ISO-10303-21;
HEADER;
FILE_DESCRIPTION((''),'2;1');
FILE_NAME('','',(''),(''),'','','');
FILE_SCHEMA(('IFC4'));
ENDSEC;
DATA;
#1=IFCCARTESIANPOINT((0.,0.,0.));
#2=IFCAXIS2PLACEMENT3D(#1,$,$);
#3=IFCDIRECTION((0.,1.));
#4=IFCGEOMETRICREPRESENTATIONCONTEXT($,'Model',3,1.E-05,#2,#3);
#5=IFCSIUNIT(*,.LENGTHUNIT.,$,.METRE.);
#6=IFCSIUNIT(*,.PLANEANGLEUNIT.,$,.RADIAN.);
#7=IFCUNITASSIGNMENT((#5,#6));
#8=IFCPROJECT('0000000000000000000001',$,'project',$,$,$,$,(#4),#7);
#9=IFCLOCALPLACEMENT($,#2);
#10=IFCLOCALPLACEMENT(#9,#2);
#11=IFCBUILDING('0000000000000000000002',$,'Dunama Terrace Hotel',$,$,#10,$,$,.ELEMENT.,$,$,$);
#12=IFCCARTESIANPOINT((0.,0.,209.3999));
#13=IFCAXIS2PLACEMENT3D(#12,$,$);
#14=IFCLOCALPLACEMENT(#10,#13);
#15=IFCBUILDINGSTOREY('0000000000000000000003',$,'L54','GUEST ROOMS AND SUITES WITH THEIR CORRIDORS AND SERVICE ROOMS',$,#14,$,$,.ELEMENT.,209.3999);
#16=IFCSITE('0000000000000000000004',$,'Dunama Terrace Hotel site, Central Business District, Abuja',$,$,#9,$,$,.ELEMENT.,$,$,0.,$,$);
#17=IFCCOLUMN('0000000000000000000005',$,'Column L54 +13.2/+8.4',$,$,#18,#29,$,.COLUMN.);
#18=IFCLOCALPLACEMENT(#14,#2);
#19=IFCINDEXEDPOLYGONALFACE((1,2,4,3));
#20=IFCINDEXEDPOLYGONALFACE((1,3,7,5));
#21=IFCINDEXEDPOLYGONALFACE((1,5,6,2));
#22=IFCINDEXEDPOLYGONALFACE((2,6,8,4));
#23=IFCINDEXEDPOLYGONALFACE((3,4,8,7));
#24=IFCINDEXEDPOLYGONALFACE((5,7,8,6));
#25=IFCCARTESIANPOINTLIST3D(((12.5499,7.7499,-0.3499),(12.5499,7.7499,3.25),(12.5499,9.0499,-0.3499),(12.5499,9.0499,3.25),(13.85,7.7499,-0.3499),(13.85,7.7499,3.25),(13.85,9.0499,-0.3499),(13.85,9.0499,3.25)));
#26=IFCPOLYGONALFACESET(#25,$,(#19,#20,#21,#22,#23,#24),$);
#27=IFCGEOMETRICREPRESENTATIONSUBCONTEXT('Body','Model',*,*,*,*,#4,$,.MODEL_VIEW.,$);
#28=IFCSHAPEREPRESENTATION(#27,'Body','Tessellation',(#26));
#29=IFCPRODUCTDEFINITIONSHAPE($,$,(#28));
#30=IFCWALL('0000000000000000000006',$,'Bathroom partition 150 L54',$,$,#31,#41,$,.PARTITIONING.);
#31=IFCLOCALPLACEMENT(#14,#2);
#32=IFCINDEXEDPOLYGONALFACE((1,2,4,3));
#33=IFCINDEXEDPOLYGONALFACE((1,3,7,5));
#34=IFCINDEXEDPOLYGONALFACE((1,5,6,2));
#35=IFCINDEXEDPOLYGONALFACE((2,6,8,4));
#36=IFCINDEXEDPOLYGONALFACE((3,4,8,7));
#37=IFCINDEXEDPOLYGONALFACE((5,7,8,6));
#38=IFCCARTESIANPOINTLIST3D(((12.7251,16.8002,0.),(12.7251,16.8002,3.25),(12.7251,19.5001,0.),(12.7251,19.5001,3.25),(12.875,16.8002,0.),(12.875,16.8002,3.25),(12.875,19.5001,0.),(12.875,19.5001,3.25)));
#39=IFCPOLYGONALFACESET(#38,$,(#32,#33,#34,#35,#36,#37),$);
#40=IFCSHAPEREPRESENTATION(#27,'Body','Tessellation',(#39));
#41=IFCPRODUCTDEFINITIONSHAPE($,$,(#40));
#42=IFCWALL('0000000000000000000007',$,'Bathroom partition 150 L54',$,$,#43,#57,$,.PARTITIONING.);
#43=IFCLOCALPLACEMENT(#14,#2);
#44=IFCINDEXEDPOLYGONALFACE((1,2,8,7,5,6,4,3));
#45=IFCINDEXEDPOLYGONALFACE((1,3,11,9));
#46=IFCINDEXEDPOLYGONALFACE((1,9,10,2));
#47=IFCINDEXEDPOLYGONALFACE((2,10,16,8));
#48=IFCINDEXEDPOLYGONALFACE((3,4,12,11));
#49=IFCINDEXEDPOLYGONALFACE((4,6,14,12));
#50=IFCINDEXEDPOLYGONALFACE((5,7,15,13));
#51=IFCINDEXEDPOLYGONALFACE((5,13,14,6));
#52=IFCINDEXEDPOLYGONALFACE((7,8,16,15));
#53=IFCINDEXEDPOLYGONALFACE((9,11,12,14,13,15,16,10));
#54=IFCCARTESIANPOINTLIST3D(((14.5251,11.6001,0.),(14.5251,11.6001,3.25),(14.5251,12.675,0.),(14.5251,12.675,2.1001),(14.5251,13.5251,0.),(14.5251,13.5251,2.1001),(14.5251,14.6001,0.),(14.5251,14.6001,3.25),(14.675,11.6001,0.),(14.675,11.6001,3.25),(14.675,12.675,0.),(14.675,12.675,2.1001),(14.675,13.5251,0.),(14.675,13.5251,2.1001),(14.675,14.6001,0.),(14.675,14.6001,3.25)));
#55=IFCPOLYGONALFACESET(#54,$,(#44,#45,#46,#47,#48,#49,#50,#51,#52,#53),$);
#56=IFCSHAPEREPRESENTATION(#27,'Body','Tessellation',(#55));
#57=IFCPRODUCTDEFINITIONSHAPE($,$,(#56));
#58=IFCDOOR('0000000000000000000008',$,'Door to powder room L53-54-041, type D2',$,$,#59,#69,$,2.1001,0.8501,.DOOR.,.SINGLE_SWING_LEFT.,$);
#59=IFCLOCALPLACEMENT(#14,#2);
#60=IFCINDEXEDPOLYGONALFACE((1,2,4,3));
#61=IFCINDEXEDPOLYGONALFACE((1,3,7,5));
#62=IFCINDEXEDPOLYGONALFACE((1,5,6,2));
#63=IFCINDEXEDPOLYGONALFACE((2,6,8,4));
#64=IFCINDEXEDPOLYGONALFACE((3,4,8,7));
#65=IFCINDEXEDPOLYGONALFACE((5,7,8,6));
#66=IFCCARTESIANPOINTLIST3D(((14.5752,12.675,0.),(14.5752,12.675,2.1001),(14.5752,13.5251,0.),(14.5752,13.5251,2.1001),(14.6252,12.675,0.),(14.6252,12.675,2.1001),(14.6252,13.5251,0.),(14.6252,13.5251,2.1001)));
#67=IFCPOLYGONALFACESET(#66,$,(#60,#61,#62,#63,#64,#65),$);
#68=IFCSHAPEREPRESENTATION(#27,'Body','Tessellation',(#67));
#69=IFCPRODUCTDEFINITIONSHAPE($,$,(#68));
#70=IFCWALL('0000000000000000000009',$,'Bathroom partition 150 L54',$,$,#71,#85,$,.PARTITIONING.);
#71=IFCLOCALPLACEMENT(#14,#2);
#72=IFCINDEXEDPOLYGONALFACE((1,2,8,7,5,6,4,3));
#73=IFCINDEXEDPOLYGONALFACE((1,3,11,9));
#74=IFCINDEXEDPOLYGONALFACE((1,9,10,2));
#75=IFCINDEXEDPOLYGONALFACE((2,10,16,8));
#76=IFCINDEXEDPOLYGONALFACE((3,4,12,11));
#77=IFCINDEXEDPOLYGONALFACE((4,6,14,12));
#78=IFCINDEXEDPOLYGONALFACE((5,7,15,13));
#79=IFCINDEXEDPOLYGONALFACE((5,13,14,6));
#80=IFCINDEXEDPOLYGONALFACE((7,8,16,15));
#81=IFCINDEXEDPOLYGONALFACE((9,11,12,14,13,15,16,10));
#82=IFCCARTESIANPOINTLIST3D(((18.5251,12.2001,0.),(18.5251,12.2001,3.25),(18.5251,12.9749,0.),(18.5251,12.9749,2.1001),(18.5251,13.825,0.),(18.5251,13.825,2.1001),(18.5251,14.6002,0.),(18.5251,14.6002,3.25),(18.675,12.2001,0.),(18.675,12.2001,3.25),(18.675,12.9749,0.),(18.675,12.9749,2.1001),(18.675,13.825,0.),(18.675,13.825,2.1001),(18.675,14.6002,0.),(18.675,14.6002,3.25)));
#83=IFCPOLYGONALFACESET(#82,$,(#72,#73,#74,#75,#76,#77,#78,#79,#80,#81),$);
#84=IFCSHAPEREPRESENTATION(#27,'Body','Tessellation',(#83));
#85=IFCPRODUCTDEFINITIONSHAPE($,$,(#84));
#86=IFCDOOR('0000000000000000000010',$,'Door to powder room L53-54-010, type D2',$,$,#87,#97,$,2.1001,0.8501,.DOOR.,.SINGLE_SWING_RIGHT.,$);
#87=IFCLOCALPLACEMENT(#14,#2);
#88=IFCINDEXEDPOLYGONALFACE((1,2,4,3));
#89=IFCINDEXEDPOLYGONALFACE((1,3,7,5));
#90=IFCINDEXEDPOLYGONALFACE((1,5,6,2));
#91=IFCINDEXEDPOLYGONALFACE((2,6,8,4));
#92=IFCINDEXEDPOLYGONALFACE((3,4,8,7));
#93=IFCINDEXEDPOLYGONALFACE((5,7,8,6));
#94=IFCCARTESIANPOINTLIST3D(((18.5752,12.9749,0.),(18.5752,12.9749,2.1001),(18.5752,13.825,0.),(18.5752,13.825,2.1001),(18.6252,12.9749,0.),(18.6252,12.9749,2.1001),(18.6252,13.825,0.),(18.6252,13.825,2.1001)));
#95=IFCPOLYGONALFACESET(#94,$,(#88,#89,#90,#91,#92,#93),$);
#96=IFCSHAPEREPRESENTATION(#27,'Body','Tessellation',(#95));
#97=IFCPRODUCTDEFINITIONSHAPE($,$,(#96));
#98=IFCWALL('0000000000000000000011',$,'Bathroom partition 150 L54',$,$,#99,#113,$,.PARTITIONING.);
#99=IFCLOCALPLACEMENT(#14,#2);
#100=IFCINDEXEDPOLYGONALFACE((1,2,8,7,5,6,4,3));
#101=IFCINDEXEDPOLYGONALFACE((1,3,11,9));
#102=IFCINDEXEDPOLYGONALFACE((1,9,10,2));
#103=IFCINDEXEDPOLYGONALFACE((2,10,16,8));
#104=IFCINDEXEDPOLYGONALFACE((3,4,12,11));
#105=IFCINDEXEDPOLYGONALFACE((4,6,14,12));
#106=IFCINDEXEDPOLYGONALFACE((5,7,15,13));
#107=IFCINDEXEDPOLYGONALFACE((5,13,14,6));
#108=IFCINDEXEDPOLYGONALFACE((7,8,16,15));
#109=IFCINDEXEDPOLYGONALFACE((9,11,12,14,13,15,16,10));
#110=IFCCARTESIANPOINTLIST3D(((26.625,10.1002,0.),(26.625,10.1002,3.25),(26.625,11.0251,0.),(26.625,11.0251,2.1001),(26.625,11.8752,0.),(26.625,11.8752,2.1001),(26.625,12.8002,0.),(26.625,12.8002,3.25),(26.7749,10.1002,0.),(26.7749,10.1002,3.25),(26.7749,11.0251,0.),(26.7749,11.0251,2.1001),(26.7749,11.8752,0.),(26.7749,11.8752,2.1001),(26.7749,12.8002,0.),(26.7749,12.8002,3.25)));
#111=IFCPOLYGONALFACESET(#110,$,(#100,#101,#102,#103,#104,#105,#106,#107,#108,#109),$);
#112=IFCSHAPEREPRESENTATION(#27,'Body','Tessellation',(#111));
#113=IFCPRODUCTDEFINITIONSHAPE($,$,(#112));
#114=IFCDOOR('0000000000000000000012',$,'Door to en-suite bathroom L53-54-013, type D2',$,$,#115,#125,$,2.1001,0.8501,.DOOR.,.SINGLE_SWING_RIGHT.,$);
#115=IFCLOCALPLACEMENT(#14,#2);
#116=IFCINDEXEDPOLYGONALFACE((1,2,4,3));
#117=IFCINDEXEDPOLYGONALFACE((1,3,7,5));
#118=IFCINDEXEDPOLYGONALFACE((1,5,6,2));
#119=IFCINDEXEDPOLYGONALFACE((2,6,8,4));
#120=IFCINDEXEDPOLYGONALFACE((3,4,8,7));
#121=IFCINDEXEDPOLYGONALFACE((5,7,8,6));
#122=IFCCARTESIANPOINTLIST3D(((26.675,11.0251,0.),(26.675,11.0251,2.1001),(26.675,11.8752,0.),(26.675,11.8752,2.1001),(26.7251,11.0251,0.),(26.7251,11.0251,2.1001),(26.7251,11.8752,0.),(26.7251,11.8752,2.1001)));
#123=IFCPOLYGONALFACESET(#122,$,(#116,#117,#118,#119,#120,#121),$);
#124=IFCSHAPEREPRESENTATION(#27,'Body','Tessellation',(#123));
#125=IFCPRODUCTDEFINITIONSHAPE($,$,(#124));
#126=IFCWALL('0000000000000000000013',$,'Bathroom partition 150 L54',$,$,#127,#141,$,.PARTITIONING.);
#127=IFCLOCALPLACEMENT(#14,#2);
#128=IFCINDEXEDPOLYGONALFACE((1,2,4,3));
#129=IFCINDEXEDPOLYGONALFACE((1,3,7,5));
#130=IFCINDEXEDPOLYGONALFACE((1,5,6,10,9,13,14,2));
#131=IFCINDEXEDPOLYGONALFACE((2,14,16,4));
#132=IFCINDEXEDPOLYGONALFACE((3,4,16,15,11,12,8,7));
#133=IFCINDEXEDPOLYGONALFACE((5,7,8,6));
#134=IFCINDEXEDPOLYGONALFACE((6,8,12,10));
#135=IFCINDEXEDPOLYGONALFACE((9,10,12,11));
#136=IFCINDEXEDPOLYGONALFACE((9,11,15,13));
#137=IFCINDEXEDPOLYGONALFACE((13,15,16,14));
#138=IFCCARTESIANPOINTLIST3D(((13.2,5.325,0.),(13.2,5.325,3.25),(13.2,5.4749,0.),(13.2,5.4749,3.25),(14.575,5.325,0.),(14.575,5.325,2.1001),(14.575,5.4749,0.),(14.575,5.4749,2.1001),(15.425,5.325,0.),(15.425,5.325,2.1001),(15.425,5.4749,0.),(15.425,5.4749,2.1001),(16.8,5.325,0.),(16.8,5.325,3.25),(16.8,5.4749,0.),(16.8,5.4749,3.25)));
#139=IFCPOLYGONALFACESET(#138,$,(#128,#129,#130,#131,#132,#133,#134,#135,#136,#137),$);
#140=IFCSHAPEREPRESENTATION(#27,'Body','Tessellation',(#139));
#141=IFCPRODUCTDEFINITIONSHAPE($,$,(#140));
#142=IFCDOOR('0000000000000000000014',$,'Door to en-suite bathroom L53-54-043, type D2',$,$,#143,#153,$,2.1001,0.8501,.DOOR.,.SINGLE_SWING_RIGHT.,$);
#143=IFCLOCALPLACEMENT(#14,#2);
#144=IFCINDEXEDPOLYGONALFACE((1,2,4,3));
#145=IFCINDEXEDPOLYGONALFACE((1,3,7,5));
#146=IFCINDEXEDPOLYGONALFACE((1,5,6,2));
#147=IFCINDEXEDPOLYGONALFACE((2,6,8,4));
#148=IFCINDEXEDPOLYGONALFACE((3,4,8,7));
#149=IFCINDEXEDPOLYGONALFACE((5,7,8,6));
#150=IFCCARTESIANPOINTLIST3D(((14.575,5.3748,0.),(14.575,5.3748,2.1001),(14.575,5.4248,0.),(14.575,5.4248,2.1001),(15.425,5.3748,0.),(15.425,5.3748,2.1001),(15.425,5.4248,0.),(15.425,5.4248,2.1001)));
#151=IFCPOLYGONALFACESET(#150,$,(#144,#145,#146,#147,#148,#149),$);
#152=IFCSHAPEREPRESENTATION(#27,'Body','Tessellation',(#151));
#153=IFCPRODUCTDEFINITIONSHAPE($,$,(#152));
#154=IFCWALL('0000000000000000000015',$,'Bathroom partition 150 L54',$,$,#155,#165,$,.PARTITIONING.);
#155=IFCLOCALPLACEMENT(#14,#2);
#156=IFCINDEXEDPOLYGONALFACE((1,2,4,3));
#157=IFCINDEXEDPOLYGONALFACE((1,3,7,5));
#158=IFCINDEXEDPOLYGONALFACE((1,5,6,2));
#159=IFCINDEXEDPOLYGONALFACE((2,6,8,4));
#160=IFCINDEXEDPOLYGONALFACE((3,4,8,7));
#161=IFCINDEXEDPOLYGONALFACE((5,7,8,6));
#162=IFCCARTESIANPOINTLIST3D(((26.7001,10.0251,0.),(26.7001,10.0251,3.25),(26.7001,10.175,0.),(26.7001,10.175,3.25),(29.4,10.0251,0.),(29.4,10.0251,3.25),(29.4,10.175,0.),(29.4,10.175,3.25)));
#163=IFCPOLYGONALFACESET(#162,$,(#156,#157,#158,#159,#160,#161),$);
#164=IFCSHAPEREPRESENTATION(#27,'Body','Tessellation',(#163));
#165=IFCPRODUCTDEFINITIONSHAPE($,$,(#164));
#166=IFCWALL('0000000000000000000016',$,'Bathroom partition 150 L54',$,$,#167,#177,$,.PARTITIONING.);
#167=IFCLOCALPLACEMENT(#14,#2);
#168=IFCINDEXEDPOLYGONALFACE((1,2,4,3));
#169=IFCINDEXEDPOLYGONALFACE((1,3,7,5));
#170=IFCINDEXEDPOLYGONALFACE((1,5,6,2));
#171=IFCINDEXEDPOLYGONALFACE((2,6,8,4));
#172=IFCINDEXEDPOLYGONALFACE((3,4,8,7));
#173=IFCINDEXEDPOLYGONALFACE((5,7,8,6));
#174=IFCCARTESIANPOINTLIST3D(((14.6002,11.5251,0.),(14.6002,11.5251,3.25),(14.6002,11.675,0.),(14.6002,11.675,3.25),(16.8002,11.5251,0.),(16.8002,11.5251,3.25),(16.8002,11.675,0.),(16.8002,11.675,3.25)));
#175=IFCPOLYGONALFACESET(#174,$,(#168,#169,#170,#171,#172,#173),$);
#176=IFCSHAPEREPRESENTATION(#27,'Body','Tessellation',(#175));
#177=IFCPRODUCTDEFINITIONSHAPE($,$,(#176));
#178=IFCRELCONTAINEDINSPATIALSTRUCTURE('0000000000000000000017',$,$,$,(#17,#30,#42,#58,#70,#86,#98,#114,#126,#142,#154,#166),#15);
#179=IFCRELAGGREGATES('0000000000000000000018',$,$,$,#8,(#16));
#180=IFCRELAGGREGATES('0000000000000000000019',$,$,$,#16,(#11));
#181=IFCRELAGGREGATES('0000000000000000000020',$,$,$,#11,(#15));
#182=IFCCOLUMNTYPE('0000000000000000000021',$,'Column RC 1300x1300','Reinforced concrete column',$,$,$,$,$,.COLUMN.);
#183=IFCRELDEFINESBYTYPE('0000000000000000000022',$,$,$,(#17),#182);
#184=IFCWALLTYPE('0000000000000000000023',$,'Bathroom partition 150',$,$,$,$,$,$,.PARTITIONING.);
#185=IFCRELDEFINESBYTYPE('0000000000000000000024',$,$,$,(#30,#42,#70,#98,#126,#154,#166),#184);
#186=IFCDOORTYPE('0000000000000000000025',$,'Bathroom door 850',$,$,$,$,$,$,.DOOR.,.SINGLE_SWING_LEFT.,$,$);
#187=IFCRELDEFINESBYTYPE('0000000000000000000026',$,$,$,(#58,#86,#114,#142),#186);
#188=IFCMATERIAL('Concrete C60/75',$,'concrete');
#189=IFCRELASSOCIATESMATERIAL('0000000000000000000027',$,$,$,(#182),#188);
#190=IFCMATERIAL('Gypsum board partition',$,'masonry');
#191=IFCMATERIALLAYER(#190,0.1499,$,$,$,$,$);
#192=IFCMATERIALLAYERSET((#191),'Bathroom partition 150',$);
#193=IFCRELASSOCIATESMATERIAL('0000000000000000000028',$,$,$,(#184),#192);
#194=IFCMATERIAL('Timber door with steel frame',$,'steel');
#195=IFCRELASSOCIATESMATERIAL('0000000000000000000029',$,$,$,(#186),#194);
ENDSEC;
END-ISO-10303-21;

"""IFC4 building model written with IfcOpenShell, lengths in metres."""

from ifc_helpers import new_model, si_unit, direction, frame, frame_2d, origin, origin_2d, place, context, subcontext, project, spatial, rectangle, extrude, material, layer, layer_set, material_profile, profile_set, type_object, element, fill, save


model = new_model("IFC4")

# Units and contexts
model_context = context("Model", 3, precision=1e-05, world=origin(), true_north=direction((0.0, 1.0)))
body_context = subcontext(model_context, "Body", "Model", "MODEL_VIEW")
ifc_project = project(units=[si_unit("LENGTHUNIT", "METRE"), si_unit("PLANEANGLEUNIT", "RADIAN")], contexts=[model_context])

# Site, building, storey
site_placement = place(None, origin())
site = spatial("IfcSite", under=ifc_project, at=site_placement, Name="Dunama Terrace Hotel site, Central Business District, Abuja", CompositionType="ELEMENT", RefElevation=0.0)
building_placement = place(site_placement, origin())
building = spatial("IfcBuilding", under=site, at=building_placement, Name="Dunama Terrace Hotel", CompositionType="ELEMENT")
storey_placement = place(building_placement, frame((0.0, 0.0, 209.3999)))
storey = spatial("IfcBuildingStorey", under=building, at=storey_placement, Name="L54", Description="GUEST ROOMS AND SUITES WITH THEIR CORRIDORS AND SERVICE ROOMS", CompositionType="ELEMENT", Elevation=209.3999)

# Column
ifc_material_1 = material(Name="Concrete C60/75", Category="concrete")
ifc_material_profile = material_profile(ifc_material_1, rectangle(XDim=1.3, YDim=1.3, at=origin_2d()), Name="RC 1300x1300")
ifc_profile_set = profile_set([ifc_material_profile], Name="Concrete C60/75")
column_type = type_object("IfcColumnType", Name="Column RC 1300x1300", Description="Reinforced concrete column", PredefinedType="COLUMN", material=ifc_profile_set)
column_placement = place(storey_placement, frame((13.2, 8.3999, -0.3499), z_axis=(0.0, 0.0, 1.0), x_axis=(1.0, 0.0, 0.0)))
element("IfcColumn", 1, at=column_placement, inside=storey, type_object=column_type, Name="Column L54 +13.2/+8.4", PredefinedType="COLUMN", context=body_context, shape_type="SweptSolid", body=[
    extrude(rectangle(XDim=1.3, YDim=1.3, at=origin_2d()), origin(), (0.0, 0.0, 1.0), 3.5999),
])

# Wall
ifc_material_2 = material(Name="Gypsum board partition", Category="masonry")
ifc_layer_1 = layer(ifc_material_2, 0.1499)
ifc_layer_set_1 = layer_set([ifc_layer_1], Name="Bathroom partition 150")
wall_type_1 = type_object("IfcWallType", Name="Bathroom partition 150", PredefinedType="PARTITIONING", material=ifc_layer_set_1)
wall_1_placement = place(storey_placement, frame((12.8, 16.8, 0.0), z_axis=(0.0, 0.0, 1.0), x_axis=(0.0, 1.0, 0.0)))
element("IfcWall", 2, at=wall_1_placement, inside=storey, type_object=wall_type_1, Name="Bathroom partition 150 L54", PredefinedType="PARTITIONING", context=body_context, shape_type="SweptSolid", body=[
    extrude(rectangle(XDim=2.7, YDim=0.1499, at=frame_2d((1.3501, 0.0))), origin(), (0.0, 0.0, 1.0), 3.25),
])

# Walls, openings, doors
wall_2_placement = place(storey_placement, frame((14.6001, 11.6001, 0.0), z_axis=(0.0, 0.0, 1.0), x_axis=(0.0, 1.0, 0.0)))
wall_2 = element("IfcWall", 3, at=wall_2_placement, inside=storey, type_object=wall_type_1, Name="Bathroom partition 150 L54", PredefinedType="PARTITIONING", context=body_context, shape_type="SweptSolid", body=[
    extrude(rectangle(XDim=3.0, YDim=0.1499, at=frame_2d((1.5, 0.0))), origin(), (0.0, 0.0, 1.0), 3.25),
])
opening_1_placement = place(wall_2_placement, frame((1.075, 0.0, 0.0)))
opening_1 = element("IfcOpeningElement", 4, at=opening_1_placement, cuts=wall_2, PredefinedType="OPENING", context=body_context, shape_type="SweptSolid", body=[
    extrude(rectangle(XDim=0.8501, YDim=2.1001, at=frame_2d((0.425, 1.05))), frame((0.0, 0.085, 0.0), z_axis=(0.0, -1.0, 0.0), x_axis=(1.0, 0.0, 0.0)), (0.0, 0.0, 1.0), 0.1699),
])
ifc_material_3 = material(Name="Timber door with steel frame", Category="steel")
door_type_1 = type_object("IfcDoorType", Name="Bathroom door 850", OperationType="SINGLE_SWING_LEFT", PredefinedType="DOOR", material=ifc_material_3)
door_1_placement = place(opening_1_placement, frame((0.8501, 0.0, 0.0), z_axis=(0.0, 0.0, 1.0), x_axis=(-1.0, 0.0, 0.0)))
door_1 = element("IfcDoor", 5, at=door_1_placement, inside=storey, type_object=door_type_1, Name="Door to powder room L53-54-041, type D2", OperationType="SINGLE_SWING_LEFT", OverallHeight=2.1001, OverallWidth=0.8501, PredefinedType="DOOR", context=body_context, shape_type="SweptSolid", body=[
    extrude(rectangle(XDim=0.8501, YDim=2.1001, at=frame_2d((0.425, 1.05))), frame((0.0, 0.0251, 0.0), z_axis=(0.0, -1.0, 0.0), x_axis=(1.0, 0.0, 0.0)), (0.0, 0.0, 1.0), 0.05),
])
fill(opening_1, door_1)
wall_3_placement = place(storey_placement, frame((18.6001, 12.2, 0.0), z_axis=(0.0, 0.0, 1.0), x_axis=(0.0, 1.0, 0.0)))
wall_3 = element("IfcWall", 6, at=wall_3_placement, inside=storey, type_object=wall_type_1, Name="Bathroom partition 150 L54", PredefinedType="PARTITIONING", context=body_context, shape_type="SweptSolid", body=[
    extrude(rectangle(XDim=2.4001, YDim=0.1499, at=frame_2d((1.2002, 0.0))), origin(), (0.0, 0.0, 1.0), 3.25),
])
opening_2_placement = place(wall_3_placement, frame((0.7749, 0.0, 0.0)))
opening_2 = element("IfcOpeningElement", 7, at=opening_2_placement, cuts=wall_3, PredefinedType="OPENING", context=body_context, shape_type="SweptSolid", body=[
    extrude(rectangle(XDim=0.8501, YDim=2.1001, at=frame_2d((0.425, 1.05))), frame((0.0, 0.085, 0.0), z_axis=(0.0, -1.0, 0.0), x_axis=(1.0, 0.0, 0.0)), (0.0, 0.0, 1.0), 0.1699),
])
door_2_placement = place(opening_2_placement, origin())
door_2 = element("IfcDoor", 8, at=door_2_placement, inside=storey, type_object=door_type_1, Name="Door to powder room L53-54-010, type D2", OperationType="SINGLE_SWING_RIGHT", OverallHeight=2.1001, OverallWidth=0.8501, PredefinedType="DOOR", context=body_context, shape_type="SweptSolid", body=[
    extrude(rectangle(XDim=0.8501, YDim=2.1001, at=frame_2d((0.425, 1.05))), frame((0.0, 0.0249, 0.0), z_axis=(0.0, -1.0, 0.0), x_axis=(1.0, 0.0, 0.0)), (0.0, 0.0, 1.0), 0.05),
])
fill(opening_2, door_2)
wall_4_placement = place(storey_placement, frame((26.7, 10.1001, 0.0), z_axis=(0.0, 0.0, 1.0), x_axis=(0.0, 1.0, 0.0)))
wall_4 = element("IfcWall", 9, at=wall_4_placement, inside=storey, type_object=wall_type_1, Name="Bathroom partition 150 L54", PredefinedType="PARTITIONING", context=body_context, shape_type="SweptSolid", body=[
    extrude(rectangle(XDim=2.7, YDim=0.1499, at=frame_2d((1.3501, 0.0))), origin(), (0.0, 0.0, 1.0), 3.25),
])
opening_3_placement = place(wall_4_placement, frame((0.925, 0.0, 0.0)))
opening_3 = element("IfcOpeningElement", 10, at=opening_3_placement, cuts=wall_4, PredefinedType="OPENING", context=body_context, shape_type="SweptSolid", body=[
    extrude(rectangle(XDim=0.8501, YDim=2.1001, at=frame_2d((0.425, 1.05))), frame((0.0, 0.085, 0.0), z_axis=(0.0, -1.0, 0.0), x_axis=(1.0, 0.0, 0.0)), (0.0, 0.0, 1.0), 0.1699),
])
door_3_placement = place(opening_3_placement, frame((0.8501, 0.0, 0.0), z_axis=(0.0, 0.0, 1.0), x_axis=(-1.0, 0.0, 0.0)))
door_3 = element("IfcDoor", 11, at=door_3_placement, inside=storey, type_object=door_type_1, Name="Door to en-suite bathroom L53-54-013, type D2", OperationType="SINGLE_SWING_RIGHT", OverallHeight=2.1001, OverallWidth=0.8501, PredefinedType="DOOR", context=body_context, shape_type="SweptSolid", body=[
    extrude(rectangle(XDim=0.8501, YDim=2.1001, at=frame_2d((0.425, 1.05))), frame((0.0, 0.0251, 0.0), z_axis=(0.0, -1.0, 0.0), x_axis=(1.0, 0.0, 0.0)), (0.0, 0.0, 1.0), 0.05),
])
fill(opening_3, door_3)
wall_5_placement = place(storey_placement, frame((13.2, 5.3999, 0.0), z_axis=(0.0, 0.0, 1.0), x_axis=(1.0, 0.0, 0.0)))
wall_5 = element("IfcWall", 12, at=wall_5_placement, inside=storey, type_object=wall_type_1, Name="Bathroom partition 150 L54", PredefinedType="PARTITIONING", context=body_context, shape_type="SweptSolid", body=[
    extrude(rectangle(XDim=3.6001, YDim=0.1499, at=frame_2d((1.8, 0.0))), origin(), (0.0, 0.0, 1.0), 3.25),
])
opening_4_placement = place(wall_5_placement, frame((1.375, 0.0, 0.0)))
opening_4 = element("IfcOpeningElement", 13, at=opening_4_placement, cuts=wall_5, PredefinedType="OPENING", context=body_context, shape_type="SweptSolid", body=[
    extrude(rectangle(XDim=0.8501, YDim=2.1001, at=frame_2d((0.425, 1.05))), frame((0.0, 0.085, 0.0), z_axis=(0.0, -1.0, 0.0), x_axis=(1.0, 0.0, 0.0)), (0.0, 0.0, 1.0), 0.1699),
])
door_4_placement = place(opening_4_placement, origin())
door_4 = element("IfcDoor", 14, at=door_4_placement, inside=storey, type_object=door_type_1, Name="Door to en-suite bathroom L53-54-043, type D2", OperationType="SINGLE_SWING_RIGHT", OverallHeight=2.1001, OverallWidth=0.8501, PredefinedType="DOOR", context=body_context, shape_type="SweptSolid", body=[
    extrude(rectangle(XDim=0.8501, YDim=2.1001, at=frame_2d((0.425, 1.05))), frame((0.0, 0.0249, 0.0), z_axis=(0.0, -1.0, 0.0), x_axis=(1.0, 0.0, 0.0)), (0.0, 0.0, 1.0), 0.05),
])
fill(opening_4, door_4)

# Walls
wall_6_placement = place(storey_placement, frame((26.7, 10.1001, 0.0), z_axis=(0.0, 0.0, 1.0), x_axis=(1.0, 0.0, 0.0)))
element("IfcWall", 15, at=wall_6_placement, inside=storey, type_object=wall_type_1, Name="Bathroom partition 150 L54", PredefinedType="PARTITIONING", context=body_context, shape_type="SweptSolid", body=[
    extrude(rectangle(XDim=2.7, YDim=0.1499, at=frame_2d((1.3501, 0.0))), origin(), (0.0, 0.0, 1.0), 3.25),
])
wall_7_placement = place(storey_placement, frame((14.6001, 11.6001, 0.0), z_axis=(0.0, 0.0, 1.0), x_axis=(1.0, 0.0, 0.0)))
element("IfcWall", 16, at=wall_7_placement, inside=storey, type_object=wall_type_1, Name="Bathroom partition 150 L54", PredefinedType="PARTITIONING", context=body_context, shape_type="SweptSolid", body=[
    extrude(rectangle(XDim=2.2, YDim=0.1499, at=frame_2d((1.1001, 0.0))), origin(), (0.0, 0.0, 1.0), 3.25),
])

save(model, "model.ifc")
